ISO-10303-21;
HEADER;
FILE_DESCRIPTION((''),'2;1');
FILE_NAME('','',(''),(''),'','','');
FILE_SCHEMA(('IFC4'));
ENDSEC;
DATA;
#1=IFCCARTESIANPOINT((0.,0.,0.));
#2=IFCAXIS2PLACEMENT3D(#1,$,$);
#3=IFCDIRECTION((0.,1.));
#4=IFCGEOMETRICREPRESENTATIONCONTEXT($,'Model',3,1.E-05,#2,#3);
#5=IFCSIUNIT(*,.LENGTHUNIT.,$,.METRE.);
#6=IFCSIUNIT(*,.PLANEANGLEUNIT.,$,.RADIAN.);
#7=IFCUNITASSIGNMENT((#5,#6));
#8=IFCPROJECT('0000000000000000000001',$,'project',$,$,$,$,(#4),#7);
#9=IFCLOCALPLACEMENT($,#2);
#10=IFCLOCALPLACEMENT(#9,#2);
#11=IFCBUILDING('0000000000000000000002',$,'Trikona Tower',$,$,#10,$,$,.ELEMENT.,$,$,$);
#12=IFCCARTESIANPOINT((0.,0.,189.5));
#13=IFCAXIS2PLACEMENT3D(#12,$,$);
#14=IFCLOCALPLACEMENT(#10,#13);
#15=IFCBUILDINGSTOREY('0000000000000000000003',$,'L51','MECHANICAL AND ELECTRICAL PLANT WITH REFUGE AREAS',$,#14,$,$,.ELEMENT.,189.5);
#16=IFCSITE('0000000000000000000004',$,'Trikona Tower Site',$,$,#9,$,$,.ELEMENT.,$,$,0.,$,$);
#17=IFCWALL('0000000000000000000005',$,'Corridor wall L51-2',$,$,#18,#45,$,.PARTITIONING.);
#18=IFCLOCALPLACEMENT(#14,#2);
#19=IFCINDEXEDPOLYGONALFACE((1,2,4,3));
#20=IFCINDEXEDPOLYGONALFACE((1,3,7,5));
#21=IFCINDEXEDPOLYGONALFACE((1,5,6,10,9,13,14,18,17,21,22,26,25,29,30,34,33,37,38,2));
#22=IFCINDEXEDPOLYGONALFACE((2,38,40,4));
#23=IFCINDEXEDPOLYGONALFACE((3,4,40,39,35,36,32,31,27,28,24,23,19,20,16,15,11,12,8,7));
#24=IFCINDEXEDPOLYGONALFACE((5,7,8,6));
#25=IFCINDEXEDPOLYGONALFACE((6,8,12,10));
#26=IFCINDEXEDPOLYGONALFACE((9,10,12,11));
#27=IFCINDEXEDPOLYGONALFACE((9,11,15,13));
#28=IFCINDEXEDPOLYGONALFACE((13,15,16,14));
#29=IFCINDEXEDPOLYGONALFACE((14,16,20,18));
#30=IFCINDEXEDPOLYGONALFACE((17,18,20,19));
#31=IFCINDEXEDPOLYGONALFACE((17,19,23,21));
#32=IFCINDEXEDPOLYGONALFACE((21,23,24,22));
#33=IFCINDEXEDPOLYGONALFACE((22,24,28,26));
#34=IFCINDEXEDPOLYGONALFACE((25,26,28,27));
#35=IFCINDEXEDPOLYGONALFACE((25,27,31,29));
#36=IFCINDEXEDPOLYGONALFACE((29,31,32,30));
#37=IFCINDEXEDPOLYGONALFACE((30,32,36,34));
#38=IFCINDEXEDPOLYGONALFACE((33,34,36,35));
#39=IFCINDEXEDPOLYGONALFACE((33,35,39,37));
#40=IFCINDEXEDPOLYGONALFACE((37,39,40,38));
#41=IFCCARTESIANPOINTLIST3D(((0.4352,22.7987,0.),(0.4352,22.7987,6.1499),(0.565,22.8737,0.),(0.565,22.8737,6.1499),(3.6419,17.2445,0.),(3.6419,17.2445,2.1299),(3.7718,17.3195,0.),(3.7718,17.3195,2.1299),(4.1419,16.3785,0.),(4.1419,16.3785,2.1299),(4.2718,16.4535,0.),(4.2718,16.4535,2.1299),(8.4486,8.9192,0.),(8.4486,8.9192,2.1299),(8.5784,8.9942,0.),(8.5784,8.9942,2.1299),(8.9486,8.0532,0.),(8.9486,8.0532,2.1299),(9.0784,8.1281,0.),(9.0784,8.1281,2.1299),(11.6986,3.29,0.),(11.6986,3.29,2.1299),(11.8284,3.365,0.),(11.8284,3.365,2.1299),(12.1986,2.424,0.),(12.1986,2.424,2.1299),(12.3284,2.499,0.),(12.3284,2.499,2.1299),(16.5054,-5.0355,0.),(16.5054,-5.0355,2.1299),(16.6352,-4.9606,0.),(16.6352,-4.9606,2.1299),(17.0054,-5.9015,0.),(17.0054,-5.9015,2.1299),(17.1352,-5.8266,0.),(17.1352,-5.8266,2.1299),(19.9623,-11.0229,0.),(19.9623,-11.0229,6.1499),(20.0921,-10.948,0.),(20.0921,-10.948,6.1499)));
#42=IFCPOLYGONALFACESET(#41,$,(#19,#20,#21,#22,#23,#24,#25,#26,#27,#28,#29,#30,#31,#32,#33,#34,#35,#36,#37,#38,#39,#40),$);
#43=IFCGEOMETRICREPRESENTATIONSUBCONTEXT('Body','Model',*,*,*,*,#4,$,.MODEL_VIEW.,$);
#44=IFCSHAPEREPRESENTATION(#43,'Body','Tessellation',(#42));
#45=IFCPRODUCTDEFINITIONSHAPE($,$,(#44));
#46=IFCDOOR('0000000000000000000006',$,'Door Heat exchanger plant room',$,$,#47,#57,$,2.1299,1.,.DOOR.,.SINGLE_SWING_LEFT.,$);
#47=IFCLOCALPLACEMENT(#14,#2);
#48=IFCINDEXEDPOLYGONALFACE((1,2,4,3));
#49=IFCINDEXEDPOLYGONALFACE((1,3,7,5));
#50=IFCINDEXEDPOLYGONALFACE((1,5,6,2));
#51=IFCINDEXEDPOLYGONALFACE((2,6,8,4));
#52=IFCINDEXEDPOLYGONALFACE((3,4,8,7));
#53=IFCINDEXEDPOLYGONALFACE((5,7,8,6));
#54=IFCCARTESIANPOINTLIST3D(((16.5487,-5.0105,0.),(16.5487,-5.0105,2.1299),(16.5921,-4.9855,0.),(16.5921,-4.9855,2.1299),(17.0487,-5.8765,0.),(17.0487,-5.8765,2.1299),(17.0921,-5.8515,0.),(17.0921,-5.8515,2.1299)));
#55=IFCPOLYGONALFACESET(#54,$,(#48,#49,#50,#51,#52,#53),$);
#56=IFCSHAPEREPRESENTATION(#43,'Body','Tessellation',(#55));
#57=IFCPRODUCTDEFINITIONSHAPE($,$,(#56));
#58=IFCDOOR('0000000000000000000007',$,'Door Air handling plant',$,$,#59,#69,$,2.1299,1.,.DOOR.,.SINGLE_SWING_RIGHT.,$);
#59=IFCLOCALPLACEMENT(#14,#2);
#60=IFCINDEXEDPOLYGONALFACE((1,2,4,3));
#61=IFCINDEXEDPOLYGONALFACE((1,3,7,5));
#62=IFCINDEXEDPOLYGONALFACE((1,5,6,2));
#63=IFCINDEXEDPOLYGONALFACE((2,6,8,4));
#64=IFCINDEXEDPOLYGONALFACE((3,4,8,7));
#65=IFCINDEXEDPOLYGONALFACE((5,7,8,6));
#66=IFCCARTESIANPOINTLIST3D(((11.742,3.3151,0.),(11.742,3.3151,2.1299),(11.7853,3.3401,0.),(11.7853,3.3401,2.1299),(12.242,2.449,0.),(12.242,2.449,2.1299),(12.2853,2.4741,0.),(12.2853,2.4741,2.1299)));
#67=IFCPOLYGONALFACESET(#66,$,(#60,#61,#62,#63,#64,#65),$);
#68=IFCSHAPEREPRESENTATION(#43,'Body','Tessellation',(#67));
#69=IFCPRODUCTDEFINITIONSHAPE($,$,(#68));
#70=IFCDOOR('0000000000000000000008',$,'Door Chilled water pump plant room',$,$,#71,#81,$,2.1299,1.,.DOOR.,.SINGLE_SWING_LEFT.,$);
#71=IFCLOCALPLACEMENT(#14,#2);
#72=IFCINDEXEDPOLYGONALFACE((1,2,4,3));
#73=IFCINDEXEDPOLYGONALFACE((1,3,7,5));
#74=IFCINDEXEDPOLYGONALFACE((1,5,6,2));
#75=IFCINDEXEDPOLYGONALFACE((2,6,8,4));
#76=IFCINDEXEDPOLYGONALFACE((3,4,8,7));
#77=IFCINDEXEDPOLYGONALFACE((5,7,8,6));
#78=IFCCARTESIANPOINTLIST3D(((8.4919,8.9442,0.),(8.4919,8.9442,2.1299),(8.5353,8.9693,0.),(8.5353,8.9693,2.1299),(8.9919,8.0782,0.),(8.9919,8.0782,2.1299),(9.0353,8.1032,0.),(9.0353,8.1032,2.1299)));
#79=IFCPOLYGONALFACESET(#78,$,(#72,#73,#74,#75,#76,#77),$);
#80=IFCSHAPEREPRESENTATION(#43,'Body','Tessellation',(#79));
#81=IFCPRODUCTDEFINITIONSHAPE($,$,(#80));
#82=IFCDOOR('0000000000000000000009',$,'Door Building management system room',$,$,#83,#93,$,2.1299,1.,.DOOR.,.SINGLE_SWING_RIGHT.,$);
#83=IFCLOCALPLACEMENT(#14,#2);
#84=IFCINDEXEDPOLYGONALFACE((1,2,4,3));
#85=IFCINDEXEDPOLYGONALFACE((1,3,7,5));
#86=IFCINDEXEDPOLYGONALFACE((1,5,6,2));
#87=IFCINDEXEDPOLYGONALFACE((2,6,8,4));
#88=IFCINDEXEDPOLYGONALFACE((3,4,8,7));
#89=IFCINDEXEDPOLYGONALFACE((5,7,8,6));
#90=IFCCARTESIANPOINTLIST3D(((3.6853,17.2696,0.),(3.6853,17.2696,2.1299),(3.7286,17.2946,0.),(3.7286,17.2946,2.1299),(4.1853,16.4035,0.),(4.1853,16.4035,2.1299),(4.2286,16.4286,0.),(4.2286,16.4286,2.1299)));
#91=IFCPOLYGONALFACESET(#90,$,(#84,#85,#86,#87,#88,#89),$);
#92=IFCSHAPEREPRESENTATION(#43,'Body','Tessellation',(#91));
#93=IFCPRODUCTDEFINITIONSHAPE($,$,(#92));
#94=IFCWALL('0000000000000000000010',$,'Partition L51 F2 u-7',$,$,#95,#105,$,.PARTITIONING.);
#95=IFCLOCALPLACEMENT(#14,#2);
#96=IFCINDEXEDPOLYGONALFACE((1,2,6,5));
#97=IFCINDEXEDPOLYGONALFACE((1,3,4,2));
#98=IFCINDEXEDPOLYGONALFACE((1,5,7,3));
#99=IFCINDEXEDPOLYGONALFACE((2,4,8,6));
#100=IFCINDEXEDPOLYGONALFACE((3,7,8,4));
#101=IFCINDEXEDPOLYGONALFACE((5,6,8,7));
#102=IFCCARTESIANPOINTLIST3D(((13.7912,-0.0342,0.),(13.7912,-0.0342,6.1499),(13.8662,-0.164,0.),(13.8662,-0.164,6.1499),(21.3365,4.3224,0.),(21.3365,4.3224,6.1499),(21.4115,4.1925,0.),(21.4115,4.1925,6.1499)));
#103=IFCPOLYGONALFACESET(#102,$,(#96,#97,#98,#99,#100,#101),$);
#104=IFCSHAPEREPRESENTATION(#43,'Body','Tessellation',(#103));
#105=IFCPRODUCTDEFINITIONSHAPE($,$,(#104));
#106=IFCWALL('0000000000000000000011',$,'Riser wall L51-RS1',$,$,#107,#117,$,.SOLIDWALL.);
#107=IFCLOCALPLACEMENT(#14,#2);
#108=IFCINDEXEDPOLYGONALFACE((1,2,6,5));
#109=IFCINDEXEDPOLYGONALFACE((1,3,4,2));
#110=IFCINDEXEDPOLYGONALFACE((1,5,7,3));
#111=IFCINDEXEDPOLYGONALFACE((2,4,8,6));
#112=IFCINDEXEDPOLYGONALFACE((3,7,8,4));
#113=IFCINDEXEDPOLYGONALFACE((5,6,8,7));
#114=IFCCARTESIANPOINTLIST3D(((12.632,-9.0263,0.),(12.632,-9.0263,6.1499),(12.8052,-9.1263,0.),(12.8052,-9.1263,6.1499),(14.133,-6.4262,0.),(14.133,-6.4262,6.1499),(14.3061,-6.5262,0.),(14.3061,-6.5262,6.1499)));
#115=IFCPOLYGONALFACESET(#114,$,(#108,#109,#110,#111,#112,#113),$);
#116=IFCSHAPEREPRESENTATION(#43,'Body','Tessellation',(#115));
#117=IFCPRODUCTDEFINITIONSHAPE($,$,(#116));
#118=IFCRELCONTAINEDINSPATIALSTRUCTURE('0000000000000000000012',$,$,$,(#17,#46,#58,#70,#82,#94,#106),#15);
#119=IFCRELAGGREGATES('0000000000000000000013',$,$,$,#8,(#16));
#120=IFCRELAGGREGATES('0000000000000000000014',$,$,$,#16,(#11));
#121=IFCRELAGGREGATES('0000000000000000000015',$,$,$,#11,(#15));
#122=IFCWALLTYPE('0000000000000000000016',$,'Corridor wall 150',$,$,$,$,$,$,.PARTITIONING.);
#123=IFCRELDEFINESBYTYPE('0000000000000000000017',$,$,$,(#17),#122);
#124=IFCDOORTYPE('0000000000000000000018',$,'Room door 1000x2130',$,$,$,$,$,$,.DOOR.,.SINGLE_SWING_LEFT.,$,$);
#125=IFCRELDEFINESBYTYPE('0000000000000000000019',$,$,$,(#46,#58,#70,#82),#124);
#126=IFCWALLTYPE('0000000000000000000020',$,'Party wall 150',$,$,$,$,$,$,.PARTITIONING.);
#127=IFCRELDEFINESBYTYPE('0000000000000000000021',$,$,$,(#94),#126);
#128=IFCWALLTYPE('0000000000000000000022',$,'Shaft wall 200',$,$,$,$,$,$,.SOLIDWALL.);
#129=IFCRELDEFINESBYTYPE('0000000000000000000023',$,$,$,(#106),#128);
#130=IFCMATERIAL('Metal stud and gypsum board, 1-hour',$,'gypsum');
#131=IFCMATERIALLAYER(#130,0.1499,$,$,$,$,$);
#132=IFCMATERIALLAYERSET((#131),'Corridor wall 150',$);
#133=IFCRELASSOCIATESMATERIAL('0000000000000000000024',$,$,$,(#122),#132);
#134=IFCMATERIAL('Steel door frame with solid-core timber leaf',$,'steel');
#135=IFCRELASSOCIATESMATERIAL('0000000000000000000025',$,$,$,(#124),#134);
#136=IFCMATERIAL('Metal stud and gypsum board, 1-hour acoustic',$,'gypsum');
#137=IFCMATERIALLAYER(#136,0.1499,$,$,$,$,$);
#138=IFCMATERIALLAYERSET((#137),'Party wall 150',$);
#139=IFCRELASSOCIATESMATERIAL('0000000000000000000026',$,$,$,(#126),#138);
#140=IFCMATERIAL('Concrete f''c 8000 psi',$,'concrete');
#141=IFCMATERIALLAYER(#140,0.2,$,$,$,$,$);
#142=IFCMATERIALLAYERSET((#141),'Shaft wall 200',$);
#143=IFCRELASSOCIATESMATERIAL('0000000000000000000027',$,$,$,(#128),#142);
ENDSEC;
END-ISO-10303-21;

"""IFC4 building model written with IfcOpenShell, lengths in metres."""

from ifc_helpers import new_model, si_unit, direction, frame, frame_2d, origin, place, context, subcontext, project, spatial, rectangle, extrude, material, layer, layer_set, type_object, element, fill, save


model = new_model("IFC4")

# Units and contexts
model_context = context("Model", 3, precision=1e-05, world=origin(), true_north=direction((0.0, 1.0)))
body_context = subcontext(model_context, "Body", "Model", "MODEL_VIEW")
ifc_project = project(units=[si_unit("LENGTHUNIT", "METRE"), si_unit("PLANEANGLEUNIT", "RADIAN")], contexts=[model_context])

# Site, building, storey
site_placement = place(None, origin())
site = spatial("IfcSite", under=ifc_project, at=site_placement, Name="Trikona Tower Site", CompositionType="ELEMENT", RefElevation=0.0)
building_placement = place(site_placement, origin())
building = spatial("IfcBuilding", under=site, at=building_placement, Name="Trikona Tower", CompositionType="ELEMENT")
storey_placement = place(building_placement, frame((0.0, 0.0, 189.5)))
storey = spatial("IfcBuildingStorey", under=building, at=storey_placement, Name="L51", Description="MECHANICAL AND ELECTRICAL PLANT WITH REFUGE AREAS", CompositionType="ELEMENT", Elevation=189.5)

# Wall, openings, doors
ifc_material_1 = material(Name="Metal stud and gypsum board, 1-hour", Category="gypsum")
ifc_layer_1 = layer(ifc_material_1, 0.1499)
ifc_layer_set_1 = layer_set([ifc_layer_1], Name="Corridor wall 150")
wall_type_1 = type_object("IfcWallType", Name="Corridor wall 150", PredefinedType="PARTITIONING", material=ifc_layer_set_1)
wall_1_placement = place(storey_placement, frame((20.0271, -10.9854, 0.0), z_axis=(0.0, 0.0, 1.0), x_axis=(-0.500002, 0.866024, 0.0)))
wall_1 = element("IfcWall", 1, at=wall_1_placement, inside=storey, type_object=wall_type_1, Name="Corridor wall L51-2", PredefinedType="PARTITIONING", context=body_context, shape_type="SweptSolid", body=[
    extrude(rectangle(XDim=39.054, YDim=0.1499, at=frame_2d((19.5269, 0.0))), origin(), (0.0, 0.0, 1.0), 6.1499),
])
opening_1_placement = place(wall_1_placement, frame((5.9136, 0.0, 0.0)))
opening_1 = element("IfcOpeningElement", 2, at=opening_1_placement, cuts=wall_1, PredefinedType="OPENING", context=body_context, shape_type="SweptSolid", body=[
    extrude(rectangle(XDim=1.0, YDim=2.1299, at=frame_2d((0.5, 1.0649))), frame((0.0, 0.085, 0.0), z_axis=(0.0, -1.0, 0.0), x_axis=(1.0, 0.0, 0.0)), (0.0, 0.0, 1.0), 0.1699),
])
opening_2_placement = place(wall_1_placement, frame((15.5271, 0.0, 0.0)))
opening_2 = element("IfcOpeningElement", 3, at=opening_2_placement, cuts=wall_1, PredefinedType="OPENING", context=body_context, shape_type="SweptSolid", body=[
    extrude(rectangle(XDim=1.0, YDim=2.1299, at=frame_2d((0.5, 1.0649))), frame((0.0, 0.085, 0.0), z_axis=(0.0, -1.0, 0.0), x_axis=(1.0, 0.0, 0.0)), (0.0, 0.0, 1.0), 0.1699),
])
opening_3_placement = place(wall_1_placement, frame((22.0271, 0.0, 0.0)))
opening_3 = element("IfcOpeningElement", 4, at=opening_3_placement, cuts=wall_1, PredefinedType="OPENING", context=body_context, shape_type="SweptSolid", body=[
    extrude(rectangle(XDim=1.0, YDim=2.1299, at=frame_2d((0.5, 1.0649))), frame((0.0, 0.085, 0.0), z_axis=(0.0, -1.0, 0.0), x_axis=(1.0, 0.0, 0.0)), (0.0, 0.0, 1.0), 0.1699),
])
opening_4_placement = place(wall_1_placement, frame((31.6404, 0.0, 0.0)))
opening_4 = element("IfcOpeningElement", 5, at=opening_4_placement, cuts=wall_1, PredefinedType="OPENING", context=body_context, shape_type="SweptSolid", body=[
    extrude(rectangle(XDim=1.0, YDim=2.1299, at=frame_2d((0.5, 1.0649))), frame((0.0, 0.085, 0.0), z_axis=(0.0, -1.0, 0.0), x_axis=(1.0, 0.0, 0.0)), (0.0, 0.0, 1.0), 0.1699),
])
ifc_material_2 = material(Name="Steel door frame with solid-core timber leaf", Category="steel")
door_type_1 = type_object("IfcDoorType", Name="Room door 1000x2130", OperationType="SINGLE_SWING_LEFT", PredefinedType="DOOR", material=ifc_material_2)
door_1_placement = place(opening_1_placement, origin())
door_1 = element("IfcDoor", 6, at=door_1_placement, inside=storey, type_object=door_type_1, Name="Door Heat exchanger plant room", OperationType="SINGLE_SWING_LEFT", OverallHeight=2.1299, OverallWidth=1.0, PredefinedType="DOOR", context=body_context, shape_type="SweptSolid", body=[
    extrude(rectangle(XDim=1.0, YDim=2.1299, at=frame_2d((0.5, 1.0649))), frame((0.0, 0.0249, 0.0), z_axis=(0.0, -1.0, 0.0), x_axis=(1.0, 0.0, 0.0)), (0.0, 0.0, 1.0), 0.05),
])
fill(opening_1, door_1)
door_2_placement = place(opening_2_placement, origin())
door_2 = element("IfcDoor", 7, at=door_2_placement, inside=storey, type_object=door_type_1, Name="Door Air handling plant", OperationType="SINGLE_SWING_RIGHT", OverallHeight=2.1299, OverallWidth=1.0, PredefinedType="DOOR", context=body_context, shape_type="SweptSolid", body=[
    extrude(rectangle(XDim=1.0, YDim=2.1299, at=frame_2d((0.5, 1.0649))), frame((0.0, 0.0249, 0.0), z_axis=(0.0, -1.0, 0.0), x_axis=(1.0, 0.0, 0.0)), (0.0, 0.0, 1.0), 0.05),
])
fill(opening_2, door_2)
door_3_placement = place(opening_3_placement, origin())
door_3 = element("IfcDoor", 8, at=door_3_placement, inside=storey, type_object=door_type_1, Name="Door Chilled water pump plant room", OperationType="SINGLE_SWING_LEFT", OverallHeight=2.1299, OverallWidth=1.0, PredefinedType="DOOR", context=body_context, shape_type="SweptSolid", body=[
    extrude(rectangle(XDim=1.0, YDim=2.1299, at=frame_2d((0.5, 1.0649))), frame((0.0, 0.0249, 0.0), z_axis=(0.0, -1.0, 0.0), x_axis=(1.0, 0.0, 0.0)), (0.0, 0.0, 1.0), 0.05),
])
fill(opening_3, door_3)
door_4_placement = place(opening_4_placement, origin())
door_4 = element("IfcDoor", 9, at=door_4_placement, inside=storey, type_object=door_type_1, Name="Door Building management system room", OperationType="SINGLE_SWING_RIGHT", OverallHeight=2.1299, OverallWidth=1.0, PredefinedType="DOOR", context=body_context, shape_type="SweptSolid", body=[
    extrude(rectangle(XDim=1.0, YDim=2.1299, at=frame_2d((0.5, 1.0649))), frame((0.0, 0.0249, 0.0), z_axis=(0.0, -1.0, 0.0), x_axis=(1.0, 0.0, 0.0)), (0.0, 0.0, 1.0), 0.05),
])
fill(opening_4, door_4)

# Walls
ifc_material_3 = material(Name="Metal stud and gypsum board, 1-hour acoustic", Category="gypsum")
ifc_layer_2 = layer(ifc_material_3, 0.1499)
ifc_layer_set_2 = layer_set([ifc_layer_2], Name="Party wall 150")
wall_type_2 = type_object("IfcWallType", Name="Party wall 150", PredefinedType="PARTITIONING", material=ifc_layer_set_2)
wall_2_placement = place(storey_placement, frame((13.8286, -0.0991, 0.0), z_axis=(0.0, 0.0, 1.0), x_axis=(0.866013, 0.500021, 0.0)))
element("IfcWall", 10, at=wall_2_placement, inside=storey, type_object=wall_type_2, Name="Partition L51 F2 u-7", PredefinedType="PARTITIONING", context=body_context, shape_type="SweptSolid", body=[
    extrude(rectangle(XDim=8.7126, YDim=0.1499, at=frame_2d((4.3564, 0.0))), origin(), (0.0, 0.0, 1.0), 6.1499),
])
ifc_material_4 = material(Name="Concrete f'c 8000 psi", Category="concrete")
ifc_layer_3 = layer(ifc_material_4, 0.2)
ifc_layer_set_3 = layer_set([ifc_layer_3], Name="Shaft wall 200")
wall_type_3 = type_object("IfcWallType", Name="Shaft wall 200", PredefinedType="SOLIDWALL", material=ifc_layer_set_3)
wall_3_placement = place(storey_placement, frame((14.2195, -6.4763, 0.0), z_axis=(0.0, 0.0, 1.0), x_axis=(-0.499952, -0.866053, 0.0)))
element("IfcWall", 11, at=wall_3_placement, inside=storey, type_object=wall_type_3, Name="Riser wall L51-RS1", PredefinedType="SOLIDWALL", context=body_context, shape_type="SweptSolid", body=[
    extrude(rectangle(XDim=3.0022, YDim=0.2, at=frame_2d((1.501, 0.0))), origin(), (0.0, 0.0, 1.0), 6.1499),
])

save(model, "model.ifc")
